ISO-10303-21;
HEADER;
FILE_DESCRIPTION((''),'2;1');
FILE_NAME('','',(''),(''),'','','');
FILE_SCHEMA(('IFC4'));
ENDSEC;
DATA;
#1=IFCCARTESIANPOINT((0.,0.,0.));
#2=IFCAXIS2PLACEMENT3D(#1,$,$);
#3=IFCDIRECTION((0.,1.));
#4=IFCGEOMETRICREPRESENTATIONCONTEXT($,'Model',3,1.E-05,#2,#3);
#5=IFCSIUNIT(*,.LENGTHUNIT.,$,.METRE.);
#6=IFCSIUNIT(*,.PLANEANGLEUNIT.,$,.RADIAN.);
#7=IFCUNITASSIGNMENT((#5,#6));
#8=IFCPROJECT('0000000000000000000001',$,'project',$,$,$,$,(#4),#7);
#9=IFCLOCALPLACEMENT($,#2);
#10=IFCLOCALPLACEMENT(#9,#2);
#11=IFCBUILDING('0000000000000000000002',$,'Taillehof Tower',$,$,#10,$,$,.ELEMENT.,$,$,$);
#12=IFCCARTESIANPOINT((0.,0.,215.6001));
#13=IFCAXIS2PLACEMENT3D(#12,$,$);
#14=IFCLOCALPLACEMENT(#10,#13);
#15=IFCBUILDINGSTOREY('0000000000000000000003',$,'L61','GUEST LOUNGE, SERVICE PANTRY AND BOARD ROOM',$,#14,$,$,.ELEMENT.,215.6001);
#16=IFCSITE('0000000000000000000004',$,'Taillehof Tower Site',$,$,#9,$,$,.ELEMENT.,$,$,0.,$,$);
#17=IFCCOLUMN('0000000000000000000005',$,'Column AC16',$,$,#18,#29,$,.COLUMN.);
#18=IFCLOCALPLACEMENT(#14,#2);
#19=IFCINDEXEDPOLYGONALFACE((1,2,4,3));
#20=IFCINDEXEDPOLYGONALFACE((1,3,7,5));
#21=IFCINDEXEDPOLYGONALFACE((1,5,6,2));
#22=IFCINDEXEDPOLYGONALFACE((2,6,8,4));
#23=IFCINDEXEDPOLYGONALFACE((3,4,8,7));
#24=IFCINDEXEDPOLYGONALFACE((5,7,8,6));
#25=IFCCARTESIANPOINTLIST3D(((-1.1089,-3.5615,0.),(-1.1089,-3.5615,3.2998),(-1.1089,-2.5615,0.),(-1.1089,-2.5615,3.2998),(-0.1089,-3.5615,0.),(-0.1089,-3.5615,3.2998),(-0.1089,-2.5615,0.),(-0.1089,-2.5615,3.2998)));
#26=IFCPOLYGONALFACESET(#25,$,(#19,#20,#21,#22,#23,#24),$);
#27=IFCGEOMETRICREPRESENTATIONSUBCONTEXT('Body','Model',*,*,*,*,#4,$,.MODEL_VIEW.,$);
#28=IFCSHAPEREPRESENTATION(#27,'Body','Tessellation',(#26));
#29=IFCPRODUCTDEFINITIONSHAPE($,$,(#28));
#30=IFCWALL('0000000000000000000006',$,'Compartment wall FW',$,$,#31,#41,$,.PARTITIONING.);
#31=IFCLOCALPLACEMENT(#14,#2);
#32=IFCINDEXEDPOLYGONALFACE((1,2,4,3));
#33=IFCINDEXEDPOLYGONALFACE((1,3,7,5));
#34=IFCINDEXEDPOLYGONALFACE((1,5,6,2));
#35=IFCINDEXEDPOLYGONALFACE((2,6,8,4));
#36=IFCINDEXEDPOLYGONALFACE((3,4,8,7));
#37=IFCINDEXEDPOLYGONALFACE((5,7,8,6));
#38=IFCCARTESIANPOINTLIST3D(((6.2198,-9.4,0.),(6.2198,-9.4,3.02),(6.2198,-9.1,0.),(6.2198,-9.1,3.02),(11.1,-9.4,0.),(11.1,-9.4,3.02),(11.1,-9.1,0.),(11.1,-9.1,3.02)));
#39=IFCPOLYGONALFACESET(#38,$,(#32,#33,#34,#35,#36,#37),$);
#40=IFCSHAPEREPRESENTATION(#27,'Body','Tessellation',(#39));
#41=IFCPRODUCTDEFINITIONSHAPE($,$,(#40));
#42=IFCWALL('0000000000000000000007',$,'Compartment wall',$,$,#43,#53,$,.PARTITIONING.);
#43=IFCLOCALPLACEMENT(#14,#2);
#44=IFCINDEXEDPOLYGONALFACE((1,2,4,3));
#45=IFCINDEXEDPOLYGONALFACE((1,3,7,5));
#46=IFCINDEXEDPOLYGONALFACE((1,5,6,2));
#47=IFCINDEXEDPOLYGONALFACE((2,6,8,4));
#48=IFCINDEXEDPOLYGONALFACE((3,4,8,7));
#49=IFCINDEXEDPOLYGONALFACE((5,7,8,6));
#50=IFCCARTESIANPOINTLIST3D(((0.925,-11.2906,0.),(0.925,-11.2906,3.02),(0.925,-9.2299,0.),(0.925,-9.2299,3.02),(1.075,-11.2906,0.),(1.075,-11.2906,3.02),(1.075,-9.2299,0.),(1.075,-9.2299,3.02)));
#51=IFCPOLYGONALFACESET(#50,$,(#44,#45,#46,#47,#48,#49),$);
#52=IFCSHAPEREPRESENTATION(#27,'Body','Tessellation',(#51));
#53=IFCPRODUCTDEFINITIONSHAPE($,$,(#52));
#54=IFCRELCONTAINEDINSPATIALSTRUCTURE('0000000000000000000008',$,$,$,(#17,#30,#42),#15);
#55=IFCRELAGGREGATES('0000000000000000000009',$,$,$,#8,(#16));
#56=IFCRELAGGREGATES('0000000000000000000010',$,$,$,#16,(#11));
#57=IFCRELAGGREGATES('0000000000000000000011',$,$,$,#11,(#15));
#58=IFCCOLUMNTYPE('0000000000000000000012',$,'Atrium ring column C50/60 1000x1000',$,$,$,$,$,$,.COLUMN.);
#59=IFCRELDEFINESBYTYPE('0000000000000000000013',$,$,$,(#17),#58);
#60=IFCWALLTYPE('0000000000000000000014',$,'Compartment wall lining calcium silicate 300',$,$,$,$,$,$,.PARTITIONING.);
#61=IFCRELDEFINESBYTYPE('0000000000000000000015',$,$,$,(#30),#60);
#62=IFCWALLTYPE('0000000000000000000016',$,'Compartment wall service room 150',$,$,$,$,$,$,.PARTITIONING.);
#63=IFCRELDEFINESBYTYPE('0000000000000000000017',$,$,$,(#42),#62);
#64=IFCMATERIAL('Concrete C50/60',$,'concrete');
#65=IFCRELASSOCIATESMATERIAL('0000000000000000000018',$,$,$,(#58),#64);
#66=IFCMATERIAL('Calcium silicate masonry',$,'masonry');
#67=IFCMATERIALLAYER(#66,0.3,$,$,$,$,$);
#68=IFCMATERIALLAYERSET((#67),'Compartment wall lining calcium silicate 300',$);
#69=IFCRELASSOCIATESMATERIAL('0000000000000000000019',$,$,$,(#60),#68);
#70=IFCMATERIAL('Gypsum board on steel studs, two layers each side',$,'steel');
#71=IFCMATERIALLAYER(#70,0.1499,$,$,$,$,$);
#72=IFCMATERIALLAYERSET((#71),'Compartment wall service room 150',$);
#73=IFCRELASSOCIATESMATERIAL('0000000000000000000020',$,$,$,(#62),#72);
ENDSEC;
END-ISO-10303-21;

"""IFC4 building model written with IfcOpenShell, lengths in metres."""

from ifc_helpers import new_model, si_unit, direction, frame, frame_2d, origin, origin_2d, place, context, subcontext, project, spatial, rectangle, extrude, material, layer, layer_set, material_profile, profile_set, type_object, element, save


model = new_model("IFC4")

# Units and contexts
model_context = context("Model", 3, precision=1e-05, world=origin(), true_north=direction((0.0, 1.0)))
body_context = subcontext(model_context, "Body", "Model", "MODEL_VIEW")
ifc_project = project(units=[si_unit("LENGTHUNIT", "METRE"), si_unit("PLANEANGLEUNIT", "RADIAN")], contexts=[model_context])

# Site, building, storey
site_placement = place(None, origin())
site = spatial("IfcSite", under=ifc_project, at=site_placement, Name="Taillehof Tower Site", CompositionType="ELEMENT", RefElevation=0.0)
building_placement = place(site_placement, origin())
building = spatial("IfcBuilding", under=site, at=building_placement, Name="Taillehof Tower", CompositionType="ELEMENT")
storey_placement = place(building_placement, frame((0.0, 0.0, 215.6001)))
storey = spatial("IfcBuildingStorey", under=building, at=storey_placement, Name="L61", Description="GUEST LOUNGE, SERVICE PANTRY AND BOARD ROOM", CompositionType="ELEMENT", Elevation=215.6001)

# Column
ifc_material_1 = material(Name="Concrete C50/60", Category="concrete")
ifc_material_profile = material_profile(ifc_material_1, rectangle(XDim=1.0, YDim=1.0, at=origin_2d()), Name="RC 1000x1000")
ifc_profile_set = profile_set([ifc_material_profile], Name="Concrete C50/60")
column_type = type_object("IfcColumnType", Name="Atrium ring column C50/60 1000x1000", PredefinedType="COLUMN", material=ifc_profile_set)
column_placement = place(storey_placement, frame((-0.6089, -3.0615, 0.0), z_axis=(0.0, 0.0, 1.0), x_axis=(1.0, 0.0, 0.0)))
element("IfcColumn", 1, at=column_placement, inside=storey, type_object=column_type, Name="Column AC16", PredefinedType="COLUMN", context=body_context, shape_type="SweptSolid", body=[
    extrude(rectangle(XDim=1.0, YDim=1.0, at=origin_2d()), origin(), (0.0, 0.0, 1.0), 3.2998),
])

# Walls
ifc_material_2 = material(Name="Calcium silicate masonry", Category="masonry")
ifc_layer_1 = layer(ifc_material_2, 0.3)
ifc_layer_set_1 = layer_set([ifc_layer_1], Name="Compartment wall lining calcium silicate 300")
wall_type_1 = type_object("IfcWallType", Name="Compartment wall lining calcium silicate 300", PredefinedType="PARTITIONING", material=ifc_layer_set_1)
wall_1_placement = place(storey_placement, frame((6.22, -9.25, 0.0), z_axis=(0.0, 0.0, 1.0), x_axis=(1.0, 0.0, 0.0)))
element("IfcWall", 2, at=wall_1_placement, inside=storey, type_object=wall_type_1, Name="Compartment wall FW", PredefinedType="PARTITIONING", context=body_context, shape_type="SweptSolid", body=[
    extrude(rectangle(XDim=4.8801, YDim=0.3, at=frame_2d((2.4399, 0.0))), origin(), (0.0, 0.0, 1.0), 3.02),
])
ifc_material_3 = material(Name="Gypsum board on steel studs, two layers each side", Category="steel")
ifc_layer_2 = layer(ifc_material_3, 0.1499)
ifc_layer_set_2 = layer_set([ifc_layer_2], Name="Compartment wall service room 150")
wall_type_2 = type_object("IfcWallType", Name="Compartment wall service room 150", PredefinedType="PARTITIONING", material=ifc_layer_set_2)
wall_2_placement = place(storey_placement, frame((1.0, -9.23, 0.0), z_axis=(0.0, 0.0, 1.0), x_axis=(0.0, -1.0, 0.0)))
element("IfcWall", 3, at=wall_2_placement, inside=storey, type_object=wall_type_2, Name="Compartment wall", PredefinedType="PARTITIONING", context=body_context, shape_type="SweptSolid", body=[
    extrude(rectangle(XDim=2.0608, YDim=0.1499, at=frame_2d((1.0303, 0.0))), origin(), (0.0, 0.0, 1.0), 3.02),
])

save(model, "model.ifc")
